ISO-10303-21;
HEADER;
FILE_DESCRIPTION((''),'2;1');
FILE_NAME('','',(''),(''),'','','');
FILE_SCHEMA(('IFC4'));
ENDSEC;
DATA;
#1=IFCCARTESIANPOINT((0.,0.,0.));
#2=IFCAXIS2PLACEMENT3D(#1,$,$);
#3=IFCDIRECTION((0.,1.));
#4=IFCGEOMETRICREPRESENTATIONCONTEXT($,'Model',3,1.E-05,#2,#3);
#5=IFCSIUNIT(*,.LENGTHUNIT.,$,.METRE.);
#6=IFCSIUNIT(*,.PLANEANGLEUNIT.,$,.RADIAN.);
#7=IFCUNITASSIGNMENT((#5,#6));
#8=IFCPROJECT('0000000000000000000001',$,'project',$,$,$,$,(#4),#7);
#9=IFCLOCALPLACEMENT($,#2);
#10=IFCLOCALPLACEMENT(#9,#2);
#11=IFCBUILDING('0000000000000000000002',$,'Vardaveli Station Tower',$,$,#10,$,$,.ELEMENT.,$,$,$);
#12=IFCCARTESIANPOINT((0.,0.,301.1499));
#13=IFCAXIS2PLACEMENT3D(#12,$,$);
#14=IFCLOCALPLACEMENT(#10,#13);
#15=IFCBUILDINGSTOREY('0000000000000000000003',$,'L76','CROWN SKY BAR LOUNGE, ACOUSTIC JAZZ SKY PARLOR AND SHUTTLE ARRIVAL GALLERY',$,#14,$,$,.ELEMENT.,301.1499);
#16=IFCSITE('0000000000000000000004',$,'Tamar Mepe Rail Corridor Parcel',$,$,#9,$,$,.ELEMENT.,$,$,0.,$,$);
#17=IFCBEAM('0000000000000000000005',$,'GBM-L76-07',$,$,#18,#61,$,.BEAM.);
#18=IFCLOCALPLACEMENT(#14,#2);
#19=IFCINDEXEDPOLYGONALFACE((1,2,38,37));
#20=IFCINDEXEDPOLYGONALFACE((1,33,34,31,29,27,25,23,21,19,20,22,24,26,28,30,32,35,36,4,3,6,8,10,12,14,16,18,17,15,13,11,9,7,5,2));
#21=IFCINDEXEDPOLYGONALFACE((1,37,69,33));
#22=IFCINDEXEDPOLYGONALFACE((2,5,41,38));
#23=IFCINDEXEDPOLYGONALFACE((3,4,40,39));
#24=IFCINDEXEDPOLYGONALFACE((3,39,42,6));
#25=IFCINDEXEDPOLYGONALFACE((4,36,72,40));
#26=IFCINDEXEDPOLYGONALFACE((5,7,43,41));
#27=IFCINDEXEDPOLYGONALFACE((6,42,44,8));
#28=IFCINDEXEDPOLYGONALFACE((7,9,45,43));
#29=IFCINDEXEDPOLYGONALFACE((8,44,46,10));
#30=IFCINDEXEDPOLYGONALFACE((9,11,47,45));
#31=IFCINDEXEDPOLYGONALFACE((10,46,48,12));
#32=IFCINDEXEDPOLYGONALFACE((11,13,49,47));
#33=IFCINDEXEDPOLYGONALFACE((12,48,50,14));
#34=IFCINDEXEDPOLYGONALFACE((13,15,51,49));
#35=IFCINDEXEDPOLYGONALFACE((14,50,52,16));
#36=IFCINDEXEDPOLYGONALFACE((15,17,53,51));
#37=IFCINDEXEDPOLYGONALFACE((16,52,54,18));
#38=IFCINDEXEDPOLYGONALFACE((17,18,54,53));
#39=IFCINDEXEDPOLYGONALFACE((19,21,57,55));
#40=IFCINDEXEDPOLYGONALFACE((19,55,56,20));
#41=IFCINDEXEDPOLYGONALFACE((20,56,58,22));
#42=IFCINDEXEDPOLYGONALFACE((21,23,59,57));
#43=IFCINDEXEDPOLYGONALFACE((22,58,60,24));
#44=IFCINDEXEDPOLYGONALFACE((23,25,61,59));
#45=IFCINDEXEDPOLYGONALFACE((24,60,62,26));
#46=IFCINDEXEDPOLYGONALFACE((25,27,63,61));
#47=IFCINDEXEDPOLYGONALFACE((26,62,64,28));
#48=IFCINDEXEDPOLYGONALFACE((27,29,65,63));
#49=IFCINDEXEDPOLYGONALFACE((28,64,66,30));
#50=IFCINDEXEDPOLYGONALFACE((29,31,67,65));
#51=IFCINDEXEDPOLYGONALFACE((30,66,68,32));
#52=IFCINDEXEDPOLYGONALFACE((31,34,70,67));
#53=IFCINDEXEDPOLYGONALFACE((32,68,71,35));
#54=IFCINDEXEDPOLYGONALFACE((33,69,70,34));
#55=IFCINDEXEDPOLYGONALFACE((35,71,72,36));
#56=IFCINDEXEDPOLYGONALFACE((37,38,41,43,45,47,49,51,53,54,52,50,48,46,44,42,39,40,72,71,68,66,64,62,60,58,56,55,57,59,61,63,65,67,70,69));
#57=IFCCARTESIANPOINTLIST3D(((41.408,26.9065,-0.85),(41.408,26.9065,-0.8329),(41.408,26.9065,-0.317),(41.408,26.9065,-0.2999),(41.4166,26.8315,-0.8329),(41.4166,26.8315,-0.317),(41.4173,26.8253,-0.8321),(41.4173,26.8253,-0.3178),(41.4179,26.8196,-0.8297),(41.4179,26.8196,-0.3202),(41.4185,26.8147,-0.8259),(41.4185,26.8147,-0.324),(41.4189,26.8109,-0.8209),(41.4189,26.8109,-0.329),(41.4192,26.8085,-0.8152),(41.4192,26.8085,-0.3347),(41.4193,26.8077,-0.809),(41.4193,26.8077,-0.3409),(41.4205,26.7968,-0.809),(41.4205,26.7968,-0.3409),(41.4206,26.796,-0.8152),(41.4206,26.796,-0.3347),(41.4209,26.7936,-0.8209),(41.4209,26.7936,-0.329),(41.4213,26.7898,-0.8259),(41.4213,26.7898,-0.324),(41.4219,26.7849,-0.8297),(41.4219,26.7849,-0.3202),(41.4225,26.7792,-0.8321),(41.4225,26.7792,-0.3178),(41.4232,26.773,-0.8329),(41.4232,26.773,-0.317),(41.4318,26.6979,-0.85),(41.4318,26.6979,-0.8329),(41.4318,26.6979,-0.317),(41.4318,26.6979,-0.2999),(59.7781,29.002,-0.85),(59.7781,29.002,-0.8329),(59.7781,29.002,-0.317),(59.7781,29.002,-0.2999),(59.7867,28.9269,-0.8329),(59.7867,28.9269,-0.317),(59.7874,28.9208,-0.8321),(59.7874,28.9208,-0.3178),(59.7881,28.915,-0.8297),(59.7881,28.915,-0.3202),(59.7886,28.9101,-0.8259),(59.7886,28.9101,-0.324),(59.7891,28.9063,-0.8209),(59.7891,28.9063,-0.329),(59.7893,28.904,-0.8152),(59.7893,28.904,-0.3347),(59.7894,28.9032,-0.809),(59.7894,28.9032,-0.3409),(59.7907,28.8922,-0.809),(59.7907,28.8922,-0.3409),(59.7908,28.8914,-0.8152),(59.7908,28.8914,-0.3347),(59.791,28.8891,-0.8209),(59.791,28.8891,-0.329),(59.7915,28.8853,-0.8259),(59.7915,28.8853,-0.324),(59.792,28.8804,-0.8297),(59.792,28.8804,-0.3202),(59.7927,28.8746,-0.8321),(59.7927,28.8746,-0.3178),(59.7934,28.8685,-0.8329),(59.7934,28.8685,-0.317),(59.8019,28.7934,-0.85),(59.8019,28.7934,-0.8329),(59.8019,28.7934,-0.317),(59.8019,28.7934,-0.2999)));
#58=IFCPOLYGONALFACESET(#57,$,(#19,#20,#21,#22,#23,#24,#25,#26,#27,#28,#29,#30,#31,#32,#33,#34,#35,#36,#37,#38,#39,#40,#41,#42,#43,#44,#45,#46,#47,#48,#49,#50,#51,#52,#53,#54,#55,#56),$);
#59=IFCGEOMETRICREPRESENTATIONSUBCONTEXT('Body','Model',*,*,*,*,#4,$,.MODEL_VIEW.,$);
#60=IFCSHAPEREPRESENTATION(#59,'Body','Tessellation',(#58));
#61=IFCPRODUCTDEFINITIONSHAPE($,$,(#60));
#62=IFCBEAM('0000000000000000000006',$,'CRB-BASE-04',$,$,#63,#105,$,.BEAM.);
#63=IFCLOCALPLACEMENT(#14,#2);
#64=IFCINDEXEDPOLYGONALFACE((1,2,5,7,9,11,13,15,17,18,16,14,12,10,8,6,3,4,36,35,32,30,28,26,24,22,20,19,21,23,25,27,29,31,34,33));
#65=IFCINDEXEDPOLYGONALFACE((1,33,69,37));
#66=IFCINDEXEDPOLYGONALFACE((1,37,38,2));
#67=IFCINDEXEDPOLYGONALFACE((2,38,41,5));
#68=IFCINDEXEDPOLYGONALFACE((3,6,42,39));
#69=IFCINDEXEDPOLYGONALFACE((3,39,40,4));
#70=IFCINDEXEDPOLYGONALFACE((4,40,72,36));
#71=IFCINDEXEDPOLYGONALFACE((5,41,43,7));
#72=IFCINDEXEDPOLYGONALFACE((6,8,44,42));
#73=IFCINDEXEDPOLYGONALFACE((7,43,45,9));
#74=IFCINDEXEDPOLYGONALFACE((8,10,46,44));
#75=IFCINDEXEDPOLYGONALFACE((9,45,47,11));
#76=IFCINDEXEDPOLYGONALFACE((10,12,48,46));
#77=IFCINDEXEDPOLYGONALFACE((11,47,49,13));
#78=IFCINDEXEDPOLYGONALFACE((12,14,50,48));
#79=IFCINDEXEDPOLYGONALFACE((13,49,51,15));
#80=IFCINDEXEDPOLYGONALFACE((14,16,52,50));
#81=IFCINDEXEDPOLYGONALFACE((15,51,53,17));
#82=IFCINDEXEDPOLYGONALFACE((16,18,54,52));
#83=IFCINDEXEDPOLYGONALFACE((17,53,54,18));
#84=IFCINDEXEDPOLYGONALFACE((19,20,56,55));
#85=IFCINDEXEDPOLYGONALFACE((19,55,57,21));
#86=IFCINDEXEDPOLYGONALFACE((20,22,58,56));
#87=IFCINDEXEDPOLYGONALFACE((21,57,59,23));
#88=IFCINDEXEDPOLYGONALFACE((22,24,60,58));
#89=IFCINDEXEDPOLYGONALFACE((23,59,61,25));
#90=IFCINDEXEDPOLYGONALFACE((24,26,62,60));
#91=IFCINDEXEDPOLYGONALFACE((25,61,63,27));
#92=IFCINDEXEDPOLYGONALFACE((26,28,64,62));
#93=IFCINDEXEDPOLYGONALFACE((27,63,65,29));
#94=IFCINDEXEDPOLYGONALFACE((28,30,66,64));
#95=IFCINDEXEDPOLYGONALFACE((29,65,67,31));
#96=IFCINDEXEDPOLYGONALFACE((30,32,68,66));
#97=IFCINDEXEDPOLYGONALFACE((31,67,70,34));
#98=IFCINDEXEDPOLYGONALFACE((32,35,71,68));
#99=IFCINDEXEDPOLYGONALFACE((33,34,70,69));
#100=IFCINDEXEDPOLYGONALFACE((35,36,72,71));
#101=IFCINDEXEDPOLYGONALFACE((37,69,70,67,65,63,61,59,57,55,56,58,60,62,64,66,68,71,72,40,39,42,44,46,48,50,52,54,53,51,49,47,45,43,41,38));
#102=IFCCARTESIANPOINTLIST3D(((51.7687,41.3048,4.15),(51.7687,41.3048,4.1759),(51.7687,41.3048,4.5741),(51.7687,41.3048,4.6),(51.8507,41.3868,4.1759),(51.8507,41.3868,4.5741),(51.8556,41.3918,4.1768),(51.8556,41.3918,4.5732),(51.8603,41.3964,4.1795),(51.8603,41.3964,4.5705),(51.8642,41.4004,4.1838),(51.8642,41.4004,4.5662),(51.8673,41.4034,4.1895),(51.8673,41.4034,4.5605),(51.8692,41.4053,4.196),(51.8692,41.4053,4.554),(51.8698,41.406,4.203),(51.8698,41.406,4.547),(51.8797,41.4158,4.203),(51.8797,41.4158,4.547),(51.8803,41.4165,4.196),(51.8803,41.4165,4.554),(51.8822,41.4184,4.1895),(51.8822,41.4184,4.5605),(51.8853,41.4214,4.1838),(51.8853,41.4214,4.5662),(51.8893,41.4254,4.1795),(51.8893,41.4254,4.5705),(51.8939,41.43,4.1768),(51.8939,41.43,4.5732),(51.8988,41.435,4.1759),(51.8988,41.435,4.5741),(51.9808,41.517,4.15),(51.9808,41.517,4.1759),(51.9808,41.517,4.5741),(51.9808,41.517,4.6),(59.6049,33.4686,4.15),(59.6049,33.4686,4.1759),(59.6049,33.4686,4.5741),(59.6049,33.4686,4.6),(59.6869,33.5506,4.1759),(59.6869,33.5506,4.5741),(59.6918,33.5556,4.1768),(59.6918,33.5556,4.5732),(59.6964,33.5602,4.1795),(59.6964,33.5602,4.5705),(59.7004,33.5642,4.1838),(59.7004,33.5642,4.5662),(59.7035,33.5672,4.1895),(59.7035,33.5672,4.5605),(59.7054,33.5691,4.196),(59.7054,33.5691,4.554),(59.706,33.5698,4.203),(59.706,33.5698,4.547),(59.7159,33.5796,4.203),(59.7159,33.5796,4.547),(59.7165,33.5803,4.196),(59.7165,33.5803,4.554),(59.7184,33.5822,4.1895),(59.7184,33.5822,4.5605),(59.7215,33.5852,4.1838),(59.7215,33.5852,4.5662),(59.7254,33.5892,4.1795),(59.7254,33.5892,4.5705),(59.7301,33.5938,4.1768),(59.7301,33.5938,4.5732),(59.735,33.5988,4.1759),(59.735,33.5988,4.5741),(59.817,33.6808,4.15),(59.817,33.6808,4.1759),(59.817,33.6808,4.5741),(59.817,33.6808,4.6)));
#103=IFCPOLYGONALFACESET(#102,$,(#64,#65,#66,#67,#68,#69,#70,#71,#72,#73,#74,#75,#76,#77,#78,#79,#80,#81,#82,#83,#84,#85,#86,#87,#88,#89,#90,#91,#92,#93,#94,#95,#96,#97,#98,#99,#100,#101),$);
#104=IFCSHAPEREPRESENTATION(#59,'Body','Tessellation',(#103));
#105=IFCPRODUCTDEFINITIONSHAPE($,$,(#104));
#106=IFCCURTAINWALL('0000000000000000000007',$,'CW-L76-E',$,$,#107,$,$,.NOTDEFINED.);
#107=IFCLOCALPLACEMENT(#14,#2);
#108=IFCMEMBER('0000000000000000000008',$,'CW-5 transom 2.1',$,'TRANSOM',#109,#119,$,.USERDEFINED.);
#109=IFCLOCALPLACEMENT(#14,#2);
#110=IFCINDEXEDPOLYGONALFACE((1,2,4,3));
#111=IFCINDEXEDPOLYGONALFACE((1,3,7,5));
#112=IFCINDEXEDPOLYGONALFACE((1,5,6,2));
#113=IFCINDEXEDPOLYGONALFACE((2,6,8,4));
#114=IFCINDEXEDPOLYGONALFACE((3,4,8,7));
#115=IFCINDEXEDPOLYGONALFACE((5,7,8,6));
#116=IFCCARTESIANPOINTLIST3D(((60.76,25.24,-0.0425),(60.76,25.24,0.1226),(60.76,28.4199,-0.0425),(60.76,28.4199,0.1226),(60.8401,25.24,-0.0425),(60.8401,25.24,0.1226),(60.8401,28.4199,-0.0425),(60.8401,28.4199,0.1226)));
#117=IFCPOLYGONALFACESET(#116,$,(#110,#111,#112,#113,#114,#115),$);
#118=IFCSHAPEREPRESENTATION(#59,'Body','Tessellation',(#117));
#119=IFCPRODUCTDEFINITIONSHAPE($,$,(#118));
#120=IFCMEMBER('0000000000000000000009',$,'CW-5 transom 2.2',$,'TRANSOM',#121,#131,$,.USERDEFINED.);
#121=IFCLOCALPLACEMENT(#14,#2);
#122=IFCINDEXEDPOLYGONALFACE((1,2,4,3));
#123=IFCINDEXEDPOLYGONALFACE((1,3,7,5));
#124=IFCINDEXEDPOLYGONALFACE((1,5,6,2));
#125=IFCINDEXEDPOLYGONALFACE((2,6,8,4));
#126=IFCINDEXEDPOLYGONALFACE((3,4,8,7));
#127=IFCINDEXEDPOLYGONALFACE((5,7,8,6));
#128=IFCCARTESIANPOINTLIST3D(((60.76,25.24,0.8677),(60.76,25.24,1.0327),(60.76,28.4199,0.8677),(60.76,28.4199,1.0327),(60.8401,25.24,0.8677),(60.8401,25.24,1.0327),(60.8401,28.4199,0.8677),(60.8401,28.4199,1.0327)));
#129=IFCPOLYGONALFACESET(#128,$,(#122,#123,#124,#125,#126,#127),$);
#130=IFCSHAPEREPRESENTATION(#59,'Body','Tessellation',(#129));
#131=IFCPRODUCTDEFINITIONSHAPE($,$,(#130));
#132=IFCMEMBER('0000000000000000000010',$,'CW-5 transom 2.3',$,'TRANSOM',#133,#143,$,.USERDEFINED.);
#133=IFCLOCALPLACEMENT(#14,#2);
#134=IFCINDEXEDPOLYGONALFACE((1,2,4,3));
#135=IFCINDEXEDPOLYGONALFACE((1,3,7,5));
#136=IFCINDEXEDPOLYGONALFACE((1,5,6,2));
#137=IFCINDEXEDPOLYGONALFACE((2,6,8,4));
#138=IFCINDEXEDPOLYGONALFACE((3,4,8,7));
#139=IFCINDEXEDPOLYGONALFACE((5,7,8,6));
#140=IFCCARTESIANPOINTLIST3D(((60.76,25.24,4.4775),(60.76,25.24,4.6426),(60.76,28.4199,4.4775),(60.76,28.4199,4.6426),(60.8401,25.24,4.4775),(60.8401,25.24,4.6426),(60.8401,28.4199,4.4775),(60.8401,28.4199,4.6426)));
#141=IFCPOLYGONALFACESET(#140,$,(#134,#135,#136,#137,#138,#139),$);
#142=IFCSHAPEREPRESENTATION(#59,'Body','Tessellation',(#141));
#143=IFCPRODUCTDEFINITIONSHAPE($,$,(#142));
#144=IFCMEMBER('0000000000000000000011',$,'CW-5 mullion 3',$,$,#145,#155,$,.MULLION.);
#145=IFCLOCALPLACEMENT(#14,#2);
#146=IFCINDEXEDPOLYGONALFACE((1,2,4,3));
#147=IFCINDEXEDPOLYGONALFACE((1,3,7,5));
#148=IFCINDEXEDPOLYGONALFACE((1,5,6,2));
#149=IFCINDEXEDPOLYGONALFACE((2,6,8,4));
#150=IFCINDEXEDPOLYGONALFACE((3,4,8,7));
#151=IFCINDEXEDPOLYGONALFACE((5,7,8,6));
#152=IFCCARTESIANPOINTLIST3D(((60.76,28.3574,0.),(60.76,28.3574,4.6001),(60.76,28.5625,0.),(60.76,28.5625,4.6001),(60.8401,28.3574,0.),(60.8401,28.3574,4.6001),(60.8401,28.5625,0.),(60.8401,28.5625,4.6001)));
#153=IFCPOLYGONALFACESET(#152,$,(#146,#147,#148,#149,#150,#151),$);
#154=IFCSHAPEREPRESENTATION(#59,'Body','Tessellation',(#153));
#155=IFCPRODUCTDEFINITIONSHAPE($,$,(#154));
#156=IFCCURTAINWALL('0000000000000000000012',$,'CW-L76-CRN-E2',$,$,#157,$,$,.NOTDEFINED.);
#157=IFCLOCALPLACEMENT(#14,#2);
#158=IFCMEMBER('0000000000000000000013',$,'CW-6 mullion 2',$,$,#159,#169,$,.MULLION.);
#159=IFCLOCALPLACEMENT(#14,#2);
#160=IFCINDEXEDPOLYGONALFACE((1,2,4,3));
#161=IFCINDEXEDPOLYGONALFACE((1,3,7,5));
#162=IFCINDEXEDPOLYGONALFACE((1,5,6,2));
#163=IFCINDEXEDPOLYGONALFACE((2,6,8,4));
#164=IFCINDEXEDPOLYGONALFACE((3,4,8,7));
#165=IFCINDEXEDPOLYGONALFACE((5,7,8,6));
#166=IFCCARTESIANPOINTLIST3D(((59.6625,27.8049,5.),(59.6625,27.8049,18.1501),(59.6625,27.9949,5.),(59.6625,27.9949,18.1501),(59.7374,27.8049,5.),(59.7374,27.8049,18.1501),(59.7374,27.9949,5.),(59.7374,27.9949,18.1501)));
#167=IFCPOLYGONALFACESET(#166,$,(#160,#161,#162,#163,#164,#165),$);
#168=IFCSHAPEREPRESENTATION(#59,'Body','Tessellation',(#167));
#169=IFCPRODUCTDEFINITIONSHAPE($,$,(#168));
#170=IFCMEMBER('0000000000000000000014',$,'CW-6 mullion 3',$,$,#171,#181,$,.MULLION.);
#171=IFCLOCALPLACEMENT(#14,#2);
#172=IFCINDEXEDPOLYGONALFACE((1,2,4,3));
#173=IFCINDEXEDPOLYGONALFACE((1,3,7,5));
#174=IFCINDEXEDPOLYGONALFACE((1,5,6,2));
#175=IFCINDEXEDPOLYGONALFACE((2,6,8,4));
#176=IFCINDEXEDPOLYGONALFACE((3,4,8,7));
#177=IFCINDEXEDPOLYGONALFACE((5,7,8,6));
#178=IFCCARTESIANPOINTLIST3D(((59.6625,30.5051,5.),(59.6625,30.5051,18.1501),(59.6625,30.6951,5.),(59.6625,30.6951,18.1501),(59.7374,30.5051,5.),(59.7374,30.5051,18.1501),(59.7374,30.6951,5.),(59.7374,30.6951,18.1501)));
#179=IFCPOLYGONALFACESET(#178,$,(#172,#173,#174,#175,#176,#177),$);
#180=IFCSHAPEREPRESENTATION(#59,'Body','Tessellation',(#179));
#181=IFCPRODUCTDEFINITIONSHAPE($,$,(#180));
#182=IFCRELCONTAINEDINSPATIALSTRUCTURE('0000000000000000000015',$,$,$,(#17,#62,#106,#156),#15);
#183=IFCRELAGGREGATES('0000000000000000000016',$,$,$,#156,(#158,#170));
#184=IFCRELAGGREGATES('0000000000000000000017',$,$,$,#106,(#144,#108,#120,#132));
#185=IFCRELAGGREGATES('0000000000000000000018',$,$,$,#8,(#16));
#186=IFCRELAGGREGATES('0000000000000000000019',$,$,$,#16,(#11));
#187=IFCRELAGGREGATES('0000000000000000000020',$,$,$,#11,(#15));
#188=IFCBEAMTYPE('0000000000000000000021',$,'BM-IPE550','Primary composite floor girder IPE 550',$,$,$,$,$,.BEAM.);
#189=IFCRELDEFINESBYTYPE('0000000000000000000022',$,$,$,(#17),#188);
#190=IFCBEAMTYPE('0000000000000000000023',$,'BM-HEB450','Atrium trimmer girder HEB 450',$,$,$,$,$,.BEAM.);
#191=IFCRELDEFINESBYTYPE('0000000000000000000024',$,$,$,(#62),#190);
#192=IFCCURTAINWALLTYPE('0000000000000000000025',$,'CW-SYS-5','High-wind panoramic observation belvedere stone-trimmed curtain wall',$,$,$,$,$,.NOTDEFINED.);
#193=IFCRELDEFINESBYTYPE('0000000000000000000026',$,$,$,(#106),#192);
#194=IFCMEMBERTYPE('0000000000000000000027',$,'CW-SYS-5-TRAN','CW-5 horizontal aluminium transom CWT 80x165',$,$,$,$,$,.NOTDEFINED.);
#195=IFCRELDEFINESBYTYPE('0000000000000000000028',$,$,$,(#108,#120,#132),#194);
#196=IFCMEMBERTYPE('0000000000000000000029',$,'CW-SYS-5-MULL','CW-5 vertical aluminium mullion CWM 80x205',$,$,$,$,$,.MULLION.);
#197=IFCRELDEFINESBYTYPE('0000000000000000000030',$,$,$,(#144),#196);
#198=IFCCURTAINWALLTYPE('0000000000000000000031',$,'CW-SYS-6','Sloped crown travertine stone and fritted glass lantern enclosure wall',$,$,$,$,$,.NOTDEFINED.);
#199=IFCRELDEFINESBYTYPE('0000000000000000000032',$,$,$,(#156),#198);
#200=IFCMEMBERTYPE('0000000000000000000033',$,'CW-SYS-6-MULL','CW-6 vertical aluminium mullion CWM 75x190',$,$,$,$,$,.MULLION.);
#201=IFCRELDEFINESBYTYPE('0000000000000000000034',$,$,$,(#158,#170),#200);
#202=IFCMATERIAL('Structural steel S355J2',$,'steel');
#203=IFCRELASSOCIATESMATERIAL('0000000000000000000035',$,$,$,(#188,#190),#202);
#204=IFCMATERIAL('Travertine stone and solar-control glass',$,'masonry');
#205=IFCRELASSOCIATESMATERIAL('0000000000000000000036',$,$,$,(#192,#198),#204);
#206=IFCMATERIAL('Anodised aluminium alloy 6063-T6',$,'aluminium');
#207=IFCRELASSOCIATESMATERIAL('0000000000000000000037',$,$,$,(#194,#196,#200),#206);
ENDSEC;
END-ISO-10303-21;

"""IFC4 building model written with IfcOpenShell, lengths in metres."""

from ifc_helpers import new_model, si_unit, direction, frame, origin, origin_2d, place, context, subcontext, project, spatial, rectangle, i_section, extrude, source, transform, mapped, material, material_profile, profile_set, type_object, element, aggregate, save


model = new_model("IFC4")

# Units and contexts
model_context = context("Model", 3, precision=1e-05, world=origin(), true_north=direction((0.0, 1.0)))
body_context = subcontext(model_context, "Body", "Model", "MODEL_VIEW")
ifc_project = project(units=[si_unit("LENGTHUNIT", "METRE"), si_unit("PLANEANGLEUNIT", "RADIAN")], contexts=[model_context])

# Site, building, storey
site_placement = place(None, origin())
site = spatial("IfcSite", under=ifc_project, at=site_placement, Name="Tamar Mepe Rail Corridor Parcel", CompositionType="ELEMENT", RefElevation=0.0)
building_placement = place(site_placement, origin())
building = spatial("IfcBuilding", under=site, at=building_placement, Name="Vardaveli Station Tower", CompositionType="ELEMENT")
storey_placement = place(building_placement, frame((0.0, 0.0, 301.1499)))
storey = spatial("IfcBuildingStorey", under=building, at=storey_placement, Name="L76", Description="CROWN SKY BAR LOUNGE, ACOUSTIC JAZZ SKY PARLOR AND SHUTTLE ARRIVAL GALLERY", CompositionType="ELEMENT", Elevation=301.1499)

# Shared definitions
ifc_material_1 = material(Name="Structural steel S355J2", Category="steel")

# Beams
ifc_material_profile_1 = material_profile(ifc_material_1, i_section(OverallWidth=0.21, OverallDepth=0.55, WebThickness=0.011, FlangeThickness=0.0171, FilletRadius=0.0239, at=origin_2d()), Name="IPE 550")
ifc_profile_set_1 = profile_set([ifc_material_profile_1], Name="Structural steel S355J2")
beam_type_1 = type_object("IfcBeamType", Name="BM-IPE550", Description="Primary composite floor girder IPE 550", PredefinedType="BEAM", material=ifc_profile_set_1)
shared_shape_1 = source(origin(), body_context, "Body", "SweptSolid", [
    extrude(i_section(OverallWidth=0.21, OverallDepth=0.55, WebThickness=0.011, FlangeThickness=0.0171, FilletRadius=0.0239, at=origin_2d()), origin(), (0.0, 0.0, 1.0), 18.4893),
])
beam_1_placement = place(storey_placement, frame((59.79, 28.8977, -0.575), z_axis=(-0.993557, -0.113334, 0.0), x_axis=(0.113334, -0.993557, 0.0)))
element("IfcBeam", 1, at=beam_1_placement, inside=storey, type_object=beam_type_1, Name="GBM-L76-07", PredefinedType="BEAM", context=body_context, shape_type="MappedRepresentation", body=[
    mapped(shared_shape_1, transform((0.0, 0.0, 0.0), scale=1.0)),
])
ifc_material_profile_2 = material_profile(ifc_material_1, i_section(OverallWidth=0.3, OverallDepth=0.45, WebThickness=0.0139, FlangeThickness=0.0259, FilletRadius=0.0271, at=origin_2d()), Name="HEB 450")
ifc_profile_set_2 = profile_set([ifc_material_profile_2], Name="Structural steel S355J2")
beam_type_2 = type_object("IfcBeamType", Name="BM-HEB450", Description="Atrium trimmer girder HEB 450", PredefinedType="BEAM", material=ifc_profile_set_2)
shared_shape_2 = source(origin(), body_context, "Body", "SweptSolid", [
    extrude(i_section(OverallWidth=0.3, OverallDepth=0.45, WebThickness=0.0139, FlangeThickness=0.0259, FilletRadius=0.0271, at=origin_2d()), origin(), (0.0, 0.0, 1.0), 11.082),
])
beam_2_placement = place(storey_placement, frame((59.7109, 33.5747, 4.375), z_axis=(-0.707107, 0.707107, 0.0), x_axis=(-0.707107, -0.707107, 0.0)))
element("IfcBeam", 2, at=beam_2_placement, inside=storey, type_object=beam_type_2, Name="CRB-BASE-04", PredefinedType="BEAM", context=body_context, shape_type="MappedRepresentation", body=[
    mapped(shared_shape_2, transform((0.0, 0.0, 0.0), scale=1.0)),
])

# Curtain walls, members
ifc_material_2 = material(Name="Travertine stone and solar-control glass", Category="masonry")
curtain_wall_type_1 = type_object("IfcCurtainWallType", Name="CW-SYS-5", Description="High-wind panoramic observation belvedere stone-trimmed curtain wall", PredefinedType="NOTDEFINED", material=ifc_material_2)
curtain_wall_1_placement = place(storey_placement, origin())
curtain_wall_1 = element("IfcCurtainWall", 3, at=curtain_wall_1_placement, inside=storey, type_object=curtain_wall_type_1, Name="CW-L76-E", PredefinedType="NOTDEFINED")
ifc_material_3 = material(Name="Anodised aluminium alloy 6063-T6", Category="aluminium")
ifc_material_profile_3 = material_profile(ifc_material_3, rectangle(XDim=0.0801, YDim=0.165, at=origin_2d()), Name="CWT 80x165")
ifc_profile_set_3 = profile_set([ifc_material_profile_3], Name="Anodised aluminium alloy 6063-T6")
member_type_1 = type_object("IfcMemberType", Name="CW-SYS-5-TRAN", Description="CW-5 horizontal aluminium transom CWT 80x165", PredefinedType="NOTDEFINED", material=ifc_profile_set_3)
shared_shape_3 = source(origin(), body_context, "Body", "SweptSolid", [
    extrude(rectangle(XDim=0.0801, YDim=0.165, at=origin_2d()), origin(), (0.0, 0.0, 1.0), 3.1799),
])
member_1_placement = place(storey_placement, frame((60.8, 25.24, 0.04), z_axis=(0.0, 1.0, 0.0), x_axis=(-1.0, 0.0, 0.0)))
member_1 = element("IfcMember", 4, at=member_1_placement, type_object=member_type_1, Name="CW-5 transom 2.1", ObjectType="TRANSOM", PredefinedType="USERDEFINED", context=body_context, shape_type="MappedRepresentation", body=[
    mapped(shared_shape_3, transform((0.0, 0.0, 0.0), scale=1.0)),
])
member_2_placement = place(storey_placement, frame((60.8, 25.24, 0.9502), z_axis=(0.0, 1.0, 0.0), x_axis=(-1.0, 0.0, 0.0)))
member_2 = element("IfcMember", 5, at=member_2_placement, type_object=member_type_1, Name="CW-5 transom 2.2", ObjectType="TRANSOM", PredefinedType="USERDEFINED", context=body_context, shape_type="MappedRepresentation", body=[
    mapped(shared_shape_3, transform((0.0, 0.0, 0.0), scale=1.0)),
])
member_3_placement = place(storey_placement, frame((60.8, 25.24, 4.5601), z_axis=(0.0, 1.0, 0.0), x_axis=(-1.0, 0.0, 0.0)))
member_3 = element("IfcMember", 6, at=member_3_placement, type_object=member_type_1, Name="CW-5 transom 2.3", ObjectType="TRANSOM", PredefinedType="USERDEFINED", context=body_context, shape_type="MappedRepresentation", body=[
    mapped(shared_shape_3, transform((0.0, 0.0, 0.0), scale=1.0)),
])
ifc_material_profile_4 = material_profile(ifc_material_3, rectangle(XDim=0.0801, YDim=0.2051, at=origin_2d()), Name="CWM 80x205")
ifc_profile_set_4 = profile_set([ifc_material_profile_4], Name="Anodised aluminium alloy 6063-T6")
member_type_2 = type_object("IfcMemberType", Name="CW-SYS-5-MULL", Description="CW-5 vertical aluminium mullion CWM 80x205", PredefinedType="MULLION", material=ifc_profile_set_4)
shared_shape_4 = source(origin(), body_context, "Body", "SweptSolid", [
    extrude(rectangle(XDim=0.0801, YDim=0.2051, at=origin_2d()), origin(), (0.0, 0.0, 1.0), 4.6001),
])
member_4_placement = place(storey_placement, frame((60.8, 28.46, 0.0), z_axis=(0.0, 0.0, 1.0), x_axis=(-1.0, 0.0, 0.0)))
member_4 = element("IfcMember", 7, at=member_4_placement, type_object=member_type_2, Name="CW-5 mullion 3", PredefinedType="MULLION", context=body_context, shape_type="MappedRepresentation", body=[
    mapped(shared_shape_4, transform((0.0, 0.0, 0.0), scale=1.0)),
])
curtain_wall_type_2 = type_object("IfcCurtainWallType", Name="CW-SYS-6", Description="Sloped crown travertine stone and fritted glass lantern enclosure wall", PredefinedType="NOTDEFINED", material=ifc_material_2)
curtain_wall_2_placement = place(storey_placement, origin())
curtain_wall_2 = element("IfcCurtainWall", 8, at=curtain_wall_2_placement, inside=storey, type_object=curtain_wall_type_2, Name="CW-L76-CRN-E2", PredefinedType="NOTDEFINED")
ifc_material_profile_5 = material_profile(ifc_material_3, rectangle(XDim=0.075, YDim=0.1899, at=origin_2d()), Name="CWM 75x190")
ifc_profile_set_5 = profile_set([ifc_material_profile_5], Name="Anodised aluminium alloy 6063-T6")
member_type_3 = type_object("IfcMemberType", Name="CW-SYS-6-MULL", Description="CW-6 vertical aluminium mullion CWM 75x190", PredefinedType="MULLION", material=ifc_profile_set_5)
shared_shape_5 = source(origin(), body_context, "Body", "SweptSolid", [
    extrude(rectangle(XDim=0.075, YDim=0.1899, at=origin_2d()), origin(), (0.0, 0.0, 1.0), 13.1501),
])
member_5_placement = place(storey_placement, frame((59.7, 27.8999, 5.0), z_axis=(0.0, 0.0, 1.0), x_axis=(-1.0, 0.0, 0.0)))
member_5 = element("IfcMember", 9, at=member_5_placement, type_object=member_type_3, Name="CW-6 mullion 2", PredefinedType="MULLION", context=body_context, shape_type="MappedRepresentation", body=[
    mapped(shared_shape_5, transform((0.0, 0.0, 0.0), scale=1.0)),
])
member_6_placement = place(storey_placement, frame((59.7, 30.6001, 5.0), z_axis=(0.0, 0.0, 1.0), x_axis=(-1.0, 0.0, 0.0)))
member_6 = element("IfcMember", 10, at=member_6_placement, type_object=member_type_3, Name="CW-6 mullion 3", PredefinedType="MULLION", context=body_context, shape_type="MappedRepresentation", body=[
    mapped(shared_shape_5, transform((0.0, 0.0, 0.0), scale=1.0)),
])
aggregate(curtain_wall_2, [member_5, member_6])

aggregate(curtain_wall_1, [member_4, member_1, member_2, member_3])

save(model, "model.ifc")
